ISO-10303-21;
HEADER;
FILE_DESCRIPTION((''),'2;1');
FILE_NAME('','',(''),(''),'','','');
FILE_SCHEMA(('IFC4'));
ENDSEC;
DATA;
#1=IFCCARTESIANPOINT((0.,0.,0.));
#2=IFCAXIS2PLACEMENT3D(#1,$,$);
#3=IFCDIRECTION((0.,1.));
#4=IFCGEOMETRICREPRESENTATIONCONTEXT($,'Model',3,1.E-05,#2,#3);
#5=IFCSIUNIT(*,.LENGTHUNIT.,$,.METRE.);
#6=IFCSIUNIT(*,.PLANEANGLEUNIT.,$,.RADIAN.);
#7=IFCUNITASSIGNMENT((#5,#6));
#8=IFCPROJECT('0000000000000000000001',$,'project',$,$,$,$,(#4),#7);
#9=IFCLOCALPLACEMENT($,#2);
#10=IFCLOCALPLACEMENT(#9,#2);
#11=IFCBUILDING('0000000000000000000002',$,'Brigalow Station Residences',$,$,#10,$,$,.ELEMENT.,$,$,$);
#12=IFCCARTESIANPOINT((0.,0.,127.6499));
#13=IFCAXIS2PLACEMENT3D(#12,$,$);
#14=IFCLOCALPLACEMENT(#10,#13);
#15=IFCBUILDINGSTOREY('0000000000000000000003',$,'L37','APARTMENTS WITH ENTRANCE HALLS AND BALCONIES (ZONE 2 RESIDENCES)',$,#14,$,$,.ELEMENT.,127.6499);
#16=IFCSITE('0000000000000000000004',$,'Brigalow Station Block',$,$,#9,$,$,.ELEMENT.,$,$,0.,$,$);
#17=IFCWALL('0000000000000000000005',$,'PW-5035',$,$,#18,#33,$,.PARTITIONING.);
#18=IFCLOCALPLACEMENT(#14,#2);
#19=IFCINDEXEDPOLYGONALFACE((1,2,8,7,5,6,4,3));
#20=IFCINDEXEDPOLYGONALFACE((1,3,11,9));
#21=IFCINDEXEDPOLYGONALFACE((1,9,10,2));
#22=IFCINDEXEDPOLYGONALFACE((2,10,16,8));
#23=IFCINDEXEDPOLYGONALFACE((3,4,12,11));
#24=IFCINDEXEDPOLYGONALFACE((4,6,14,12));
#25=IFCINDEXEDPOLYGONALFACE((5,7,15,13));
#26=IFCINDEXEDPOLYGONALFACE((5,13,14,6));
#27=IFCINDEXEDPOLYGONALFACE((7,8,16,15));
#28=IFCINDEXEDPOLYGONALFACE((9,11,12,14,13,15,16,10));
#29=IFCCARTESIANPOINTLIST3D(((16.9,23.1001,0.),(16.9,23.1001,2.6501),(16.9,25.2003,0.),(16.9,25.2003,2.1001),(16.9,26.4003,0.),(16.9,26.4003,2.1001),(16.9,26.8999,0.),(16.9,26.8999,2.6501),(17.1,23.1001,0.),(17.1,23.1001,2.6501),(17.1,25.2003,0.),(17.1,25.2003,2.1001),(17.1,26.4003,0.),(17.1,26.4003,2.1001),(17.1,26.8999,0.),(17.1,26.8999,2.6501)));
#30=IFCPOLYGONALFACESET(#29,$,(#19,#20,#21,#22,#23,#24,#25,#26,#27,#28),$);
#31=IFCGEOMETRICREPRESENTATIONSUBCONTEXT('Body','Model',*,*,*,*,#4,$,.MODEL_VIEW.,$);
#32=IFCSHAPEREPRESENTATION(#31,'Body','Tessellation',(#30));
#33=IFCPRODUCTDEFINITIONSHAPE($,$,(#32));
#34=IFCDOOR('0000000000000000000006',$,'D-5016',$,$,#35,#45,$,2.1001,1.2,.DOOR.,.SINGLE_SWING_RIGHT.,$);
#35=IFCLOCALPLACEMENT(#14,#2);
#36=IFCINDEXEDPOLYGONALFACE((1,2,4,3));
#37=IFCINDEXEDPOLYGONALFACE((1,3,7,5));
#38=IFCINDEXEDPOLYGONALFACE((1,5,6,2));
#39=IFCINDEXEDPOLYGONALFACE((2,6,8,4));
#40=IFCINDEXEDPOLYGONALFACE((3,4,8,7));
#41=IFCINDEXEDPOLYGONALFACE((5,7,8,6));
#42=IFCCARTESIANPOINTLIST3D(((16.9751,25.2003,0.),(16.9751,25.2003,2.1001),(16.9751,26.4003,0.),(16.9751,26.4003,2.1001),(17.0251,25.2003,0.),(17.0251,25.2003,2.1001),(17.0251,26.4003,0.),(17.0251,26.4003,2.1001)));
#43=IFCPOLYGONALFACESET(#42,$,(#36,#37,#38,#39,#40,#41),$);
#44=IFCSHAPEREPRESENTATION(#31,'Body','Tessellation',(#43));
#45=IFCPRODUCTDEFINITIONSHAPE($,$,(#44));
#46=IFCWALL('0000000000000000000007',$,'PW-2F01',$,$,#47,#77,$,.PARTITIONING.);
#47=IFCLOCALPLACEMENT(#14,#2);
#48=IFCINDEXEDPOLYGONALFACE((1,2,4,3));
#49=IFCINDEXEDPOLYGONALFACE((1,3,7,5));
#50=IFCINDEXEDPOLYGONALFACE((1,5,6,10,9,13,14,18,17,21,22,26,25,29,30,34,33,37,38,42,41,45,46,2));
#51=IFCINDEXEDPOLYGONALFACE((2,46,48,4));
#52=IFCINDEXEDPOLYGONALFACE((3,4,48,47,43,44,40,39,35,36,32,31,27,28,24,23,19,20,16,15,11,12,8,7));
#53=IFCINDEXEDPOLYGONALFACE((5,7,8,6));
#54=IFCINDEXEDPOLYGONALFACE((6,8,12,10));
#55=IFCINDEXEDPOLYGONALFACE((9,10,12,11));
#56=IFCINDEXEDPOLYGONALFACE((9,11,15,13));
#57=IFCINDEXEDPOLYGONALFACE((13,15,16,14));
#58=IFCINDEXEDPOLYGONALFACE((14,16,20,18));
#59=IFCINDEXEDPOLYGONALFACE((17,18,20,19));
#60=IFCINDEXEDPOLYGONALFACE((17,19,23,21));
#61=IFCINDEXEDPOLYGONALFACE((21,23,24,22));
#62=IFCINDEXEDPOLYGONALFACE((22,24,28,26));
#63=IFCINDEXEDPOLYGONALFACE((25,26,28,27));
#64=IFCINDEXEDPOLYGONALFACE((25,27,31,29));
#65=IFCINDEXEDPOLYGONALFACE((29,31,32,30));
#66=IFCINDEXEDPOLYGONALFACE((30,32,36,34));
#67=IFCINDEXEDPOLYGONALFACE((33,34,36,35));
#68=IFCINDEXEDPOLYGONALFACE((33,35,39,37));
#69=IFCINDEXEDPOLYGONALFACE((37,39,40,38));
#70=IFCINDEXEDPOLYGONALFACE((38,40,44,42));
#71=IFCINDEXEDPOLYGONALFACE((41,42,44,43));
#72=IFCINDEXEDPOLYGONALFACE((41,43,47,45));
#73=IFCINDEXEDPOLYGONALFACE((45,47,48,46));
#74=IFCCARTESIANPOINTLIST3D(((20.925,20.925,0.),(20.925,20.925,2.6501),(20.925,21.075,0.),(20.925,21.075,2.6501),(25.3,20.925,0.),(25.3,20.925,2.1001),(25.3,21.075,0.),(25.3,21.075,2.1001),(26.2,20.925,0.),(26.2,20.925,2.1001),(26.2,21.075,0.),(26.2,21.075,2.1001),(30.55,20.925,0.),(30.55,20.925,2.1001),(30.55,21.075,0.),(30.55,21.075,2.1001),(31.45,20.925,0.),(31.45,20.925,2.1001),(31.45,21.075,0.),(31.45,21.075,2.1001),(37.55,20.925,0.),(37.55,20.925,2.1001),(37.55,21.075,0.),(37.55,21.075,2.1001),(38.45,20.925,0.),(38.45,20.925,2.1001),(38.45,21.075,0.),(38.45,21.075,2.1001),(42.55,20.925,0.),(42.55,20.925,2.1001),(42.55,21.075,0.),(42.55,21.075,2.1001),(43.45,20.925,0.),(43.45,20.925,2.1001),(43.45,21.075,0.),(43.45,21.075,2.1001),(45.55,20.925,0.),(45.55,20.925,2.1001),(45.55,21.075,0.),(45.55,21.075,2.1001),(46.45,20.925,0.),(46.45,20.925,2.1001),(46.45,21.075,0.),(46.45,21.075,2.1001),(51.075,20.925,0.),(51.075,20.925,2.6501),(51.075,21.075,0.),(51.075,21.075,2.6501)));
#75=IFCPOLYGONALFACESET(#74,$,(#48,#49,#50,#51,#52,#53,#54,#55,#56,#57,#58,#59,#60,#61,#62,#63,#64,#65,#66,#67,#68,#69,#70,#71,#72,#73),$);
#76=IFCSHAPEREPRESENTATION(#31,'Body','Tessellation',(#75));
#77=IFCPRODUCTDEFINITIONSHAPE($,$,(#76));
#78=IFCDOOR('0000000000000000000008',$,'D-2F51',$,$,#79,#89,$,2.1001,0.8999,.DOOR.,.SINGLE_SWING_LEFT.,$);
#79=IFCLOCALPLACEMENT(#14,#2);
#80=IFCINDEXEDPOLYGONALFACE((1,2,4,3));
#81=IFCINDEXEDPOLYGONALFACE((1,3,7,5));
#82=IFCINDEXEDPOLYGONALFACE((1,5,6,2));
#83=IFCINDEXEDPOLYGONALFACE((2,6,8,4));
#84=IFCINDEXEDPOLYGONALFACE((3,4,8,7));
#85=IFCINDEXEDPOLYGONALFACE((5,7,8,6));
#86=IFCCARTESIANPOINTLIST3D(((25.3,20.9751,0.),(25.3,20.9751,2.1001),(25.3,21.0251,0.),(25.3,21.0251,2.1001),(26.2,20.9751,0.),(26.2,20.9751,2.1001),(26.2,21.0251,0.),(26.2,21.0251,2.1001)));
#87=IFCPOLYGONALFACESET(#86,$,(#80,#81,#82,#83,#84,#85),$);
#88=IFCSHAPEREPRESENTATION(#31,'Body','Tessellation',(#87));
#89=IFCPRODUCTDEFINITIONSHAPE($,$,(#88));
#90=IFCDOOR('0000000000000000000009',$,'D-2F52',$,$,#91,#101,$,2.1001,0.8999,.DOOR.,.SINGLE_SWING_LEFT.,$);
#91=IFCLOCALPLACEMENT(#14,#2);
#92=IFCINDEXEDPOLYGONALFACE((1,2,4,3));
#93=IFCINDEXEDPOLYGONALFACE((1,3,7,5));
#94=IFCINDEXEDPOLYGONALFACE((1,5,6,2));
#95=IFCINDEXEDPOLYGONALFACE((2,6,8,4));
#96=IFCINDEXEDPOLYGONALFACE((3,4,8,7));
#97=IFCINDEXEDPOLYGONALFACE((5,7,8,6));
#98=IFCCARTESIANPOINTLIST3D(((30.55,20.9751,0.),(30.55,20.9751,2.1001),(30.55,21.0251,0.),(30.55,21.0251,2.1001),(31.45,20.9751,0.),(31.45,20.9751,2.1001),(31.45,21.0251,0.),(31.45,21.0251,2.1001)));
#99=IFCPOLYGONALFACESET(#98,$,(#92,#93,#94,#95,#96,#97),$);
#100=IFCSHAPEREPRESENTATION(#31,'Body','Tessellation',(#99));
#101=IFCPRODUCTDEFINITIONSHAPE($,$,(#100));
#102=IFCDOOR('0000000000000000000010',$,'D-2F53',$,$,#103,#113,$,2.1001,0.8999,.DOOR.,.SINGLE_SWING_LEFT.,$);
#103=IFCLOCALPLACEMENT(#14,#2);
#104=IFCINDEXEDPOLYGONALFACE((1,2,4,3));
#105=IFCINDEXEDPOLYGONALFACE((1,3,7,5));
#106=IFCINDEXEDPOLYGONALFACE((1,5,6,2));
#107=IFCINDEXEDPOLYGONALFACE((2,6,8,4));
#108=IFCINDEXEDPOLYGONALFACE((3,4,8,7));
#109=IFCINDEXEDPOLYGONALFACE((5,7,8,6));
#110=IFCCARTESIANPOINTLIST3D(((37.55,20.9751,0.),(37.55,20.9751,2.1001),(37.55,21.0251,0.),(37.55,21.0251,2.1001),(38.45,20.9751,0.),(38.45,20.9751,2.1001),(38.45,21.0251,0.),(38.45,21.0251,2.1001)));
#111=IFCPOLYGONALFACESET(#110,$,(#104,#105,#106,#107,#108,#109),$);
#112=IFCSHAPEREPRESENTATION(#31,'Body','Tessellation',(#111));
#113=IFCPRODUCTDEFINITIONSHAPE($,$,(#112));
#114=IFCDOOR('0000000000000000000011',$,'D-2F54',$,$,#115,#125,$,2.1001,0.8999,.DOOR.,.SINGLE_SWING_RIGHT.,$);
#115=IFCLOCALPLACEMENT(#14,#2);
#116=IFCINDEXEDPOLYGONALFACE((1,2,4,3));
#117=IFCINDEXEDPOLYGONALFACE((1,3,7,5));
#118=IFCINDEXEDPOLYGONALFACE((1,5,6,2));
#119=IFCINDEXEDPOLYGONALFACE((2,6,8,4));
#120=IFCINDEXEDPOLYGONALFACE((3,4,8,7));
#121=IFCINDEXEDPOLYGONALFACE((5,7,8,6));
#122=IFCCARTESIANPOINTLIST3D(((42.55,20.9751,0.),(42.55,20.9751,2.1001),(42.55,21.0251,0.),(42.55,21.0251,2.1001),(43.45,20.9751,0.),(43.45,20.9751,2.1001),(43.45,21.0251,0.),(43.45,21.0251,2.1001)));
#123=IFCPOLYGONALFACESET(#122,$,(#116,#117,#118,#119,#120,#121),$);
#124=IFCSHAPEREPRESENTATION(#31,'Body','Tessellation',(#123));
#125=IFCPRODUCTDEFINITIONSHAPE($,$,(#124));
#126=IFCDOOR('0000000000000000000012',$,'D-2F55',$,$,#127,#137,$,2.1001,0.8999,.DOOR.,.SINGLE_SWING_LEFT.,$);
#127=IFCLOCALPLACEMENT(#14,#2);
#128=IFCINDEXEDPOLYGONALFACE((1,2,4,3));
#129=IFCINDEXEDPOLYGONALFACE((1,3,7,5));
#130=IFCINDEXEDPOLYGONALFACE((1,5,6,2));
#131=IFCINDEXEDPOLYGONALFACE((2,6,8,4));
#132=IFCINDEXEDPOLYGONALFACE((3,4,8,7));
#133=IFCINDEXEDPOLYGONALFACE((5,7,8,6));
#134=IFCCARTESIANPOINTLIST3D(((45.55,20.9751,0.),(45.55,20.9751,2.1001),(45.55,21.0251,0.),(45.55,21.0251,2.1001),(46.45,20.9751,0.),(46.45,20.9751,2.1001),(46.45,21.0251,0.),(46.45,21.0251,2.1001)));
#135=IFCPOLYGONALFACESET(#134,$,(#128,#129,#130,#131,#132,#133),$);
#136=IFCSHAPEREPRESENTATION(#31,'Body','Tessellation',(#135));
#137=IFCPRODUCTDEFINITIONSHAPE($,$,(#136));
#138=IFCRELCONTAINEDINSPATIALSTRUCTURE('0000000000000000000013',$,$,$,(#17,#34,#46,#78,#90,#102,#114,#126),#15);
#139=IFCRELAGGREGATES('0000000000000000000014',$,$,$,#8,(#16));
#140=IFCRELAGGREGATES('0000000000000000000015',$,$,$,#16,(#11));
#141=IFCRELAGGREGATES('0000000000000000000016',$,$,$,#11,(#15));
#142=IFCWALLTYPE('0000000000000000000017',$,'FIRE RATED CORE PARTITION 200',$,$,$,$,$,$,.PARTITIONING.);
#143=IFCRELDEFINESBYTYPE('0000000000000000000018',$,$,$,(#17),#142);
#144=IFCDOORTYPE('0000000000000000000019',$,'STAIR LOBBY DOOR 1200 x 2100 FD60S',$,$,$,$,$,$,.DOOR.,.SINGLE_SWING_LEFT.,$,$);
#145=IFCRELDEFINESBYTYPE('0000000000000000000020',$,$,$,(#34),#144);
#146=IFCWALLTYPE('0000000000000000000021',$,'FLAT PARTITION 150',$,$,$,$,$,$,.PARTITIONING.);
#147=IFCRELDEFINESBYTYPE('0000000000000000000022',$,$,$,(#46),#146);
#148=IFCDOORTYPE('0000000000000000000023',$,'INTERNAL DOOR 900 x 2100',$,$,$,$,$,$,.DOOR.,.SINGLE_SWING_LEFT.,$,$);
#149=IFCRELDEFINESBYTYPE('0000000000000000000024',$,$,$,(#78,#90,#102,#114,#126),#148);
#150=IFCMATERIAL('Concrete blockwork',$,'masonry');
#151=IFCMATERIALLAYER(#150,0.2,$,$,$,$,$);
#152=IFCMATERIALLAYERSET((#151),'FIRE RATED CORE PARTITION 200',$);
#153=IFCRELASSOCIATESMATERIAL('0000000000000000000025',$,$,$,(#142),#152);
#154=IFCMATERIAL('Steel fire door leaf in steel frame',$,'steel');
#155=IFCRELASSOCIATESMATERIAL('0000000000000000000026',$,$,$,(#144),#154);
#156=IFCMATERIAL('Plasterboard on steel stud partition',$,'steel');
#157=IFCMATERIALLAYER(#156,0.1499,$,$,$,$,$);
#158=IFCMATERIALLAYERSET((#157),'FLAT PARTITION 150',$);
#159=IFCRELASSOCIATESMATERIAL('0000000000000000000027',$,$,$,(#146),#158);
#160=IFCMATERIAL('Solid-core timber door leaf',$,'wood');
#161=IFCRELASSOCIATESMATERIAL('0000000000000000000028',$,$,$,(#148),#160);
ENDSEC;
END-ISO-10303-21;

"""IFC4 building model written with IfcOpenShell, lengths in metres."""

from ifc_helpers import new_model, si_unit, direction, frame, frame_2d, origin, place, context, subcontext, project, spatial, rectangle, extrude, material, layer, layer_set, type_object, element, fill, save


model = new_model("IFC4")

# Units and contexts
model_context = context("Model", 3, precision=1e-05, world=origin(), true_north=direction((0.0, 1.0)))
body_context = subcontext(model_context, "Body", "Model", "MODEL_VIEW")
ifc_project = project(units=[si_unit("LENGTHUNIT", "METRE"), si_unit("PLANEANGLEUNIT", "RADIAN")], contexts=[model_context])

# Site, building, storey
site_placement = place(None, origin())
site = spatial("IfcSite", under=ifc_project, at=site_placement, Name="Brigalow Station Block", CompositionType="ELEMENT", RefElevation=0.0)
building_placement = place(site_placement, origin())
building = spatial("IfcBuilding", under=site, at=building_placement, Name="Brigalow Station Residences", CompositionType="ELEMENT")
storey_placement = place(building_placement, frame((0.0, 0.0, 127.6499)))
storey = spatial("IfcBuildingStorey", under=building, at=storey_placement, Name="L37", Description="APARTMENTS WITH ENTRANCE HALLS AND BALCONIES (ZONE 2 RESIDENCES)", CompositionType="ELEMENT", Elevation=127.6499)

# Wall, opening, door
ifc_material_1 = material(Name="Concrete blockwork", Category="masonry")
ifc_layer_1 = layer(ifc_material_1, 0.2)
ifc_layer_set_1 = layer_set([ifc_layer_1], Name="FIRE RATED CORE PARTITION 200")
wall_type_1 = type_object("IfcWallType", Name="FIRE RATED CORE PARTITION 200", PredefinedType="PARTITIONING", material=ifc_layer_set_1)
wall_1_placement = place(storey_placement, frame((17.0, 23.1001, 0.0), z_axis=(0.0, 0.0, 1.0), x_axis=(0.0, 1.0, 0.0)))
wall_1 = element("IfcWall", 1, at=wall_1_placement, inside=storey, type_object=wall_type_1, Name="PW-5035", PredefinedType="PARTITIONING", context=body_context, shape_type="SweptSolid", body=[
    extrude(rectangle(XDim=3.7998, YDim=0.2, at=frame_2d((1.8999, 0.0))), origin(), (0.0, 0.0, 1.0), 2.6501),
])
opening_1_placement = place(wall_1_placement, frame((2.1001, 0.0, 0.0)))
opening_1 = element("IfcOpeningElement", 2, at=opening_1_placement, cuts=wall_1, PredefinedType="OPENING", context=body_context, shape_type="SweptSolid", body=[
    extrude(rectangle(XDim=1.2, YDim=2.1001, at=frame_2d((0.6001, 1.05))), frame((0.0, 0.1099, 0.0), z_axis=(0.0, -1.0, 0.0), x_axis=(1.0, 0.0, 0.0)), (0.0, 0.0, 1.0), 0.22),
])
ifc_material_2 = material(Name="Steel fire door leaf in steel frame", Category="steel")
door_type_1 = type_object("IfcDoorType", Name="STAIR LOBBY DOOR 1200 x 2100 FD60S", OperationType="SINGLE_SWING_LEFT", PredefinedType="DOOR", material=ifc_material_2)
door_1_placement = place(opening_1_placement, origin())
door_1 = element("IfcDoor", 3, at=door_1_placement, inside=storey, type_object=door_type_1, Name="D-5016", OperationType="SINGLE_SWING_RIGHT", OverallHeight=2.1001, OverallWidth=1.2, PredefinedType="DOOR", context=body_context, shape_type="SweptSolid", body=[
    extrude(rectangle(XDim=1.2, YDim=2.1001, at=frame_2d((0.6001, 1.05))), frame((0.0, 0.0249, 0.0), z_axis=(0.0, -1.0, 0.0), x_axis=(1.0, 0.0, 0.0)), (0.0, 0.0, 1.0), 0.05),
])
fill(opening_1, door_1)

# Wall, openings, doors
ifc_material_3 = material(Name="Plasterboard on steel stud partition", Category="steel")
ifc_layer_2 = layer(ifc_material_3, 0.1499)
ifc_layer_set_2 = layer_set([ifc_layer_2], Name="FLAT PARTITION 150")
wall_type_2 = type_object("IfcWallType", Name="FLAT PARTITION 150", PredefinedType="PARTITIONING", material=ifc_layer_set_2)
wall_2_placement = place(storey_placement, frame((20.925, 21.0, 0.0), z_axis=(0.0, 0.0, 1.0), x_axis=(1.0, 0.0, 0.0)))
wall_2 = element("IfcWall", 4, at=wall_2_placement, inside=storey, type_object=wall_type_2, Name="PW-2F01", PredefinedType="PARTITIONING", context=body_context, shape_type="SweptSolid", body=[
    extrude(rectangle(XDim=30.1499, YDim=0.1499, at=frame_2d((15.075, 0.0))), origin(), (0.0, 0.0, 1.0), 2.6501),
])
opening_2_placement = place(wall_2_placement, frame((4.375, 0.0, 0.0)))
opening_2 = element("IfcOpeningElement", 5, at=opening_2_placement, cuts=wall_2, PredefinedType="OPENING", context=body_context, shape_type="SweptSolid", body=[
    extrude(rectangle(XDim=0.8999, YDim=2.1001, at=frame_2d((0.45, 1.05))), frame((0.0, 0.085, 0.0), z_axis=(0.0, -1.0, 0.0), x_axis=(1.0, 0.0, 0.0)), (0.0, 0.0, 1.0), 0.1699),
])
opening_3_placement = place(wall_2_placement, frame((9.625, 0.0, 0.0)))
opening_3 = element("IfcOpeningElement", 6, at=opening_3_placement, cuts=wall_2, PredefinedType="OPENING", context=body_context, shape_type="SweptSolid", body=[
    extrude(rectangle(XDim=0.8999, YDim=2.1001, at=frame_2d((0.45, 1.05))), frame((0.0, 0.085, 0.0), z_axis=(0.0, -1.0, 0.0), x_axis=(1.0, 0.0, 0.0)), (0.0, 0.0, 1.0), 0.1699),
])
opening_4_placement = place(wall_2_placement, frame((16.625, 0.0, 0.0)))
opening_4 = element("IfcOpeningElement", 7, at=opening_4_placement, cuts=wall_2, PredefinedType="OPENING", context=body_context, shape_type="SweptSolid", body=[
    extrude(rectangle(XDim=0.8999, YDim=2.1001, at=frame_2d((0.45, 1.05))), frame((0.0, 0.085, 0.0), z_axis=(0.0, -1.0, 0.0), x_axis=(1.0, 0.0, 0.0)), (0.0, 0.0, 1.0), 0.1699),
])
opening_5_placement = place(wall_2_placement, frame((21.625, 0.0, 0.0)))
opening_5 = element("IfcOpeningElement", 8, at=opening_5_placement, cuts=wall_2, PredefinedType="OPENING", context=body_context, shape_type="SweptSolid", body=[
    extrude(rectangle(XDim=0.8999, YDim=2.1001, at=frame_2d((0.45, 1.05))), frame((0.0, 0.085, 0.0), z_axis=(0.0, -1.0, 0.0), x_axis=(1.0, 0.0, 0.0)), (0.0, 0.0, 1.0), 0.1699),
])
opening_6_placement = place(wall_2_placement, frame((24.625, 0.0, 0.0)))
opening_6 = element("IfcOpeningElement", 9, at=opening_6_placement, cuts=wall_2, PredefinedType="OPENING", context=body_context, shape_type="SweptSolid", body=[
    extrude(rectangle(XDim=0.8999, YDim=2.1001, at=frame_2d((0.45, 1.05))), frame((0.0, 0.085, 0.0), z_axis=(0.0, -1.0, 0.0), x_axis=(1.0, 0.0, 0.0)), (0.0, 0.0, 1.0), 0.1699),
])
ifc_material_4 = material(Name="Solid-core timber door leaf", Category="wood")
door_type_2 = type_object("IfcDoorType", Name="INTERNAL DOOR 900 x 2100", OperationType="SINGLE_SWING_LEFT", PredefinedType="DOOR", material=ifc_material_4)
door_2_placement = place(opening_2_placement, frame((0.8999, 0.0, 0.0), z_axis=(0.0, 0.0, 1.0), x_axis=(-1.0, 0.0, 0.0)))
door_2 = element("IfcDoor", 10, at=door_2_placement, inside=storey, type_object=door_type_2, Name="D-2F51", OperationType="SINGLE_SWING_LEFT", OverallHeight=2.1001, OverallWidth=0.8999, PredefinedType="DOOR", context=body_context, shape_type="SweptSolid", body=[
    extrude(rectangle(XDim=0.8999, YDim=2.1001, at=frame_2d((0.45, 1.05))), frame((0.0, 0.0249, 0.0), z_axis=(0.0, -1.0, 0.0), x_axis=(1.0, 0.0, 0.0)), (0.0, 0.0, 1.0), 0.05),
])
fill(opening_2, door_2)
door_3_placement = place(opening_3_placement, frame((0.8999, 0.0, 0.0), z_axis=(0.0, 0.0, 1.0), x_axis=(-1.0, 0.0, 0.0)))
door_3 = element("IfcDoor", 11, at=door_3_placement, inside=storey, type_object=door_type_2, Name="D-2F52", OperationType="SINGLE_SWING_LEFT", OverallHeight=2.1001, OverallWidth=0.8999, PredefinedType="DOOR", context=body_context, shape_type="SweptSolid", body=[
    extrude(rectangle(XDim=0.8999, YDim=2.1001, at=frame_2d((0.45, 1.05))), frame((0.0, 0.0249, 0.0), z_axis=(0.0, -1.0, 0.0), x_axis=(1.0, 0.0, 0.0)), (0.0, 0.0, 1.0), 0.05),
])
fill(opening_3, door_3)
door_4_placement = place(opening_4_placement, frame((0.8999, 0.0, 0.0), z_axis=(0.0, 0.0, 1.0), x_axis=(-1.0, 0.0, 0.0)))
door_4 = element("IfcDoor", 12, at=door_4_placement, inside=storey, type_object=door_type_2, Name="D-2F53", OperationType="SINGLE_SWING_LEFT", OverallHeight=2.1001, OverallWidth=0.8999, PredefinedType="DOOR", context=body_context, shape_type="SweptSolid", body=[
    extrude(rectangle(XDim=0.8999, YDim=2.1001, at=frame_2d((0.45, 1.05))), frame((0.0, 0.0249, 0.0), z_axis=(0.0, -1.0, 0.0), x_axis=(1.0, 0.0, 0.0)), (0.0, 0.0, 1.0), 0.05),
])
fill(opening_4, door_4)
door_5_placement = place(opening_5_placement, frame((0.8999, 0.0, 0.0), z_axis=(0.0, 0.0, 1.0), x_axis=(-1.0, 0.0, 0.0)))
door_5 = element("IfcDoor", 13, at=door_5_placement, inside=storey, type_object=door_type_2, Name="D-2F54", OperationType="SINGLE_SWING_RIGHT", OverallHeight=2.1001, OverallWidth=0.8999, PredefinedType="DOOR", context=body_context, shape_type="SweptSolid", body=[
    extrude(rectangle(XDim=0.8999, YDim=2.1001, at=frame_2d((0.45, 1.05))), frame((0.0, 0.0249, 0.0), z_axis=(0.0, -1.0, 0.0), x_axis=(1.0, 0.0, 0.0)), (0.0, 0.0, 1.0), 0.05),
])
fill(opening_5, door_5)
door_6_placement = place(opening_6_placement, frame((0.8999, 0.0, 0.0), z_axis=(0.0, 0.0, 1.0), x_axis=(-1.0, 0.0, 0.0)))
door_6 = element("IfcDoor", 14, at=door_6_placement, inside=storey, type_object=door_type_2, Name="D-2F55", OperationType="SINGLE_SWING_LEFT", OverallHeight=2.1001, OverallWidth=0.8999, PredefinedType="DOOR", context=body_context, shape_type="SweptSolid", body=[
    extrude(rectangle(XDim=0.8999, YDim=2.1001, at=frame_2d((0.45, 1.05))), frame((0.0, 0.0249, 0.0), z_axis=(0.0, -1.0, 0.0), x_axis=(1.0, 0.0, 0.0)), (0.0, 0.0, 1.0), 0.05),
])
fill(opening_6, door_6)

save(model, "model.ifc")
